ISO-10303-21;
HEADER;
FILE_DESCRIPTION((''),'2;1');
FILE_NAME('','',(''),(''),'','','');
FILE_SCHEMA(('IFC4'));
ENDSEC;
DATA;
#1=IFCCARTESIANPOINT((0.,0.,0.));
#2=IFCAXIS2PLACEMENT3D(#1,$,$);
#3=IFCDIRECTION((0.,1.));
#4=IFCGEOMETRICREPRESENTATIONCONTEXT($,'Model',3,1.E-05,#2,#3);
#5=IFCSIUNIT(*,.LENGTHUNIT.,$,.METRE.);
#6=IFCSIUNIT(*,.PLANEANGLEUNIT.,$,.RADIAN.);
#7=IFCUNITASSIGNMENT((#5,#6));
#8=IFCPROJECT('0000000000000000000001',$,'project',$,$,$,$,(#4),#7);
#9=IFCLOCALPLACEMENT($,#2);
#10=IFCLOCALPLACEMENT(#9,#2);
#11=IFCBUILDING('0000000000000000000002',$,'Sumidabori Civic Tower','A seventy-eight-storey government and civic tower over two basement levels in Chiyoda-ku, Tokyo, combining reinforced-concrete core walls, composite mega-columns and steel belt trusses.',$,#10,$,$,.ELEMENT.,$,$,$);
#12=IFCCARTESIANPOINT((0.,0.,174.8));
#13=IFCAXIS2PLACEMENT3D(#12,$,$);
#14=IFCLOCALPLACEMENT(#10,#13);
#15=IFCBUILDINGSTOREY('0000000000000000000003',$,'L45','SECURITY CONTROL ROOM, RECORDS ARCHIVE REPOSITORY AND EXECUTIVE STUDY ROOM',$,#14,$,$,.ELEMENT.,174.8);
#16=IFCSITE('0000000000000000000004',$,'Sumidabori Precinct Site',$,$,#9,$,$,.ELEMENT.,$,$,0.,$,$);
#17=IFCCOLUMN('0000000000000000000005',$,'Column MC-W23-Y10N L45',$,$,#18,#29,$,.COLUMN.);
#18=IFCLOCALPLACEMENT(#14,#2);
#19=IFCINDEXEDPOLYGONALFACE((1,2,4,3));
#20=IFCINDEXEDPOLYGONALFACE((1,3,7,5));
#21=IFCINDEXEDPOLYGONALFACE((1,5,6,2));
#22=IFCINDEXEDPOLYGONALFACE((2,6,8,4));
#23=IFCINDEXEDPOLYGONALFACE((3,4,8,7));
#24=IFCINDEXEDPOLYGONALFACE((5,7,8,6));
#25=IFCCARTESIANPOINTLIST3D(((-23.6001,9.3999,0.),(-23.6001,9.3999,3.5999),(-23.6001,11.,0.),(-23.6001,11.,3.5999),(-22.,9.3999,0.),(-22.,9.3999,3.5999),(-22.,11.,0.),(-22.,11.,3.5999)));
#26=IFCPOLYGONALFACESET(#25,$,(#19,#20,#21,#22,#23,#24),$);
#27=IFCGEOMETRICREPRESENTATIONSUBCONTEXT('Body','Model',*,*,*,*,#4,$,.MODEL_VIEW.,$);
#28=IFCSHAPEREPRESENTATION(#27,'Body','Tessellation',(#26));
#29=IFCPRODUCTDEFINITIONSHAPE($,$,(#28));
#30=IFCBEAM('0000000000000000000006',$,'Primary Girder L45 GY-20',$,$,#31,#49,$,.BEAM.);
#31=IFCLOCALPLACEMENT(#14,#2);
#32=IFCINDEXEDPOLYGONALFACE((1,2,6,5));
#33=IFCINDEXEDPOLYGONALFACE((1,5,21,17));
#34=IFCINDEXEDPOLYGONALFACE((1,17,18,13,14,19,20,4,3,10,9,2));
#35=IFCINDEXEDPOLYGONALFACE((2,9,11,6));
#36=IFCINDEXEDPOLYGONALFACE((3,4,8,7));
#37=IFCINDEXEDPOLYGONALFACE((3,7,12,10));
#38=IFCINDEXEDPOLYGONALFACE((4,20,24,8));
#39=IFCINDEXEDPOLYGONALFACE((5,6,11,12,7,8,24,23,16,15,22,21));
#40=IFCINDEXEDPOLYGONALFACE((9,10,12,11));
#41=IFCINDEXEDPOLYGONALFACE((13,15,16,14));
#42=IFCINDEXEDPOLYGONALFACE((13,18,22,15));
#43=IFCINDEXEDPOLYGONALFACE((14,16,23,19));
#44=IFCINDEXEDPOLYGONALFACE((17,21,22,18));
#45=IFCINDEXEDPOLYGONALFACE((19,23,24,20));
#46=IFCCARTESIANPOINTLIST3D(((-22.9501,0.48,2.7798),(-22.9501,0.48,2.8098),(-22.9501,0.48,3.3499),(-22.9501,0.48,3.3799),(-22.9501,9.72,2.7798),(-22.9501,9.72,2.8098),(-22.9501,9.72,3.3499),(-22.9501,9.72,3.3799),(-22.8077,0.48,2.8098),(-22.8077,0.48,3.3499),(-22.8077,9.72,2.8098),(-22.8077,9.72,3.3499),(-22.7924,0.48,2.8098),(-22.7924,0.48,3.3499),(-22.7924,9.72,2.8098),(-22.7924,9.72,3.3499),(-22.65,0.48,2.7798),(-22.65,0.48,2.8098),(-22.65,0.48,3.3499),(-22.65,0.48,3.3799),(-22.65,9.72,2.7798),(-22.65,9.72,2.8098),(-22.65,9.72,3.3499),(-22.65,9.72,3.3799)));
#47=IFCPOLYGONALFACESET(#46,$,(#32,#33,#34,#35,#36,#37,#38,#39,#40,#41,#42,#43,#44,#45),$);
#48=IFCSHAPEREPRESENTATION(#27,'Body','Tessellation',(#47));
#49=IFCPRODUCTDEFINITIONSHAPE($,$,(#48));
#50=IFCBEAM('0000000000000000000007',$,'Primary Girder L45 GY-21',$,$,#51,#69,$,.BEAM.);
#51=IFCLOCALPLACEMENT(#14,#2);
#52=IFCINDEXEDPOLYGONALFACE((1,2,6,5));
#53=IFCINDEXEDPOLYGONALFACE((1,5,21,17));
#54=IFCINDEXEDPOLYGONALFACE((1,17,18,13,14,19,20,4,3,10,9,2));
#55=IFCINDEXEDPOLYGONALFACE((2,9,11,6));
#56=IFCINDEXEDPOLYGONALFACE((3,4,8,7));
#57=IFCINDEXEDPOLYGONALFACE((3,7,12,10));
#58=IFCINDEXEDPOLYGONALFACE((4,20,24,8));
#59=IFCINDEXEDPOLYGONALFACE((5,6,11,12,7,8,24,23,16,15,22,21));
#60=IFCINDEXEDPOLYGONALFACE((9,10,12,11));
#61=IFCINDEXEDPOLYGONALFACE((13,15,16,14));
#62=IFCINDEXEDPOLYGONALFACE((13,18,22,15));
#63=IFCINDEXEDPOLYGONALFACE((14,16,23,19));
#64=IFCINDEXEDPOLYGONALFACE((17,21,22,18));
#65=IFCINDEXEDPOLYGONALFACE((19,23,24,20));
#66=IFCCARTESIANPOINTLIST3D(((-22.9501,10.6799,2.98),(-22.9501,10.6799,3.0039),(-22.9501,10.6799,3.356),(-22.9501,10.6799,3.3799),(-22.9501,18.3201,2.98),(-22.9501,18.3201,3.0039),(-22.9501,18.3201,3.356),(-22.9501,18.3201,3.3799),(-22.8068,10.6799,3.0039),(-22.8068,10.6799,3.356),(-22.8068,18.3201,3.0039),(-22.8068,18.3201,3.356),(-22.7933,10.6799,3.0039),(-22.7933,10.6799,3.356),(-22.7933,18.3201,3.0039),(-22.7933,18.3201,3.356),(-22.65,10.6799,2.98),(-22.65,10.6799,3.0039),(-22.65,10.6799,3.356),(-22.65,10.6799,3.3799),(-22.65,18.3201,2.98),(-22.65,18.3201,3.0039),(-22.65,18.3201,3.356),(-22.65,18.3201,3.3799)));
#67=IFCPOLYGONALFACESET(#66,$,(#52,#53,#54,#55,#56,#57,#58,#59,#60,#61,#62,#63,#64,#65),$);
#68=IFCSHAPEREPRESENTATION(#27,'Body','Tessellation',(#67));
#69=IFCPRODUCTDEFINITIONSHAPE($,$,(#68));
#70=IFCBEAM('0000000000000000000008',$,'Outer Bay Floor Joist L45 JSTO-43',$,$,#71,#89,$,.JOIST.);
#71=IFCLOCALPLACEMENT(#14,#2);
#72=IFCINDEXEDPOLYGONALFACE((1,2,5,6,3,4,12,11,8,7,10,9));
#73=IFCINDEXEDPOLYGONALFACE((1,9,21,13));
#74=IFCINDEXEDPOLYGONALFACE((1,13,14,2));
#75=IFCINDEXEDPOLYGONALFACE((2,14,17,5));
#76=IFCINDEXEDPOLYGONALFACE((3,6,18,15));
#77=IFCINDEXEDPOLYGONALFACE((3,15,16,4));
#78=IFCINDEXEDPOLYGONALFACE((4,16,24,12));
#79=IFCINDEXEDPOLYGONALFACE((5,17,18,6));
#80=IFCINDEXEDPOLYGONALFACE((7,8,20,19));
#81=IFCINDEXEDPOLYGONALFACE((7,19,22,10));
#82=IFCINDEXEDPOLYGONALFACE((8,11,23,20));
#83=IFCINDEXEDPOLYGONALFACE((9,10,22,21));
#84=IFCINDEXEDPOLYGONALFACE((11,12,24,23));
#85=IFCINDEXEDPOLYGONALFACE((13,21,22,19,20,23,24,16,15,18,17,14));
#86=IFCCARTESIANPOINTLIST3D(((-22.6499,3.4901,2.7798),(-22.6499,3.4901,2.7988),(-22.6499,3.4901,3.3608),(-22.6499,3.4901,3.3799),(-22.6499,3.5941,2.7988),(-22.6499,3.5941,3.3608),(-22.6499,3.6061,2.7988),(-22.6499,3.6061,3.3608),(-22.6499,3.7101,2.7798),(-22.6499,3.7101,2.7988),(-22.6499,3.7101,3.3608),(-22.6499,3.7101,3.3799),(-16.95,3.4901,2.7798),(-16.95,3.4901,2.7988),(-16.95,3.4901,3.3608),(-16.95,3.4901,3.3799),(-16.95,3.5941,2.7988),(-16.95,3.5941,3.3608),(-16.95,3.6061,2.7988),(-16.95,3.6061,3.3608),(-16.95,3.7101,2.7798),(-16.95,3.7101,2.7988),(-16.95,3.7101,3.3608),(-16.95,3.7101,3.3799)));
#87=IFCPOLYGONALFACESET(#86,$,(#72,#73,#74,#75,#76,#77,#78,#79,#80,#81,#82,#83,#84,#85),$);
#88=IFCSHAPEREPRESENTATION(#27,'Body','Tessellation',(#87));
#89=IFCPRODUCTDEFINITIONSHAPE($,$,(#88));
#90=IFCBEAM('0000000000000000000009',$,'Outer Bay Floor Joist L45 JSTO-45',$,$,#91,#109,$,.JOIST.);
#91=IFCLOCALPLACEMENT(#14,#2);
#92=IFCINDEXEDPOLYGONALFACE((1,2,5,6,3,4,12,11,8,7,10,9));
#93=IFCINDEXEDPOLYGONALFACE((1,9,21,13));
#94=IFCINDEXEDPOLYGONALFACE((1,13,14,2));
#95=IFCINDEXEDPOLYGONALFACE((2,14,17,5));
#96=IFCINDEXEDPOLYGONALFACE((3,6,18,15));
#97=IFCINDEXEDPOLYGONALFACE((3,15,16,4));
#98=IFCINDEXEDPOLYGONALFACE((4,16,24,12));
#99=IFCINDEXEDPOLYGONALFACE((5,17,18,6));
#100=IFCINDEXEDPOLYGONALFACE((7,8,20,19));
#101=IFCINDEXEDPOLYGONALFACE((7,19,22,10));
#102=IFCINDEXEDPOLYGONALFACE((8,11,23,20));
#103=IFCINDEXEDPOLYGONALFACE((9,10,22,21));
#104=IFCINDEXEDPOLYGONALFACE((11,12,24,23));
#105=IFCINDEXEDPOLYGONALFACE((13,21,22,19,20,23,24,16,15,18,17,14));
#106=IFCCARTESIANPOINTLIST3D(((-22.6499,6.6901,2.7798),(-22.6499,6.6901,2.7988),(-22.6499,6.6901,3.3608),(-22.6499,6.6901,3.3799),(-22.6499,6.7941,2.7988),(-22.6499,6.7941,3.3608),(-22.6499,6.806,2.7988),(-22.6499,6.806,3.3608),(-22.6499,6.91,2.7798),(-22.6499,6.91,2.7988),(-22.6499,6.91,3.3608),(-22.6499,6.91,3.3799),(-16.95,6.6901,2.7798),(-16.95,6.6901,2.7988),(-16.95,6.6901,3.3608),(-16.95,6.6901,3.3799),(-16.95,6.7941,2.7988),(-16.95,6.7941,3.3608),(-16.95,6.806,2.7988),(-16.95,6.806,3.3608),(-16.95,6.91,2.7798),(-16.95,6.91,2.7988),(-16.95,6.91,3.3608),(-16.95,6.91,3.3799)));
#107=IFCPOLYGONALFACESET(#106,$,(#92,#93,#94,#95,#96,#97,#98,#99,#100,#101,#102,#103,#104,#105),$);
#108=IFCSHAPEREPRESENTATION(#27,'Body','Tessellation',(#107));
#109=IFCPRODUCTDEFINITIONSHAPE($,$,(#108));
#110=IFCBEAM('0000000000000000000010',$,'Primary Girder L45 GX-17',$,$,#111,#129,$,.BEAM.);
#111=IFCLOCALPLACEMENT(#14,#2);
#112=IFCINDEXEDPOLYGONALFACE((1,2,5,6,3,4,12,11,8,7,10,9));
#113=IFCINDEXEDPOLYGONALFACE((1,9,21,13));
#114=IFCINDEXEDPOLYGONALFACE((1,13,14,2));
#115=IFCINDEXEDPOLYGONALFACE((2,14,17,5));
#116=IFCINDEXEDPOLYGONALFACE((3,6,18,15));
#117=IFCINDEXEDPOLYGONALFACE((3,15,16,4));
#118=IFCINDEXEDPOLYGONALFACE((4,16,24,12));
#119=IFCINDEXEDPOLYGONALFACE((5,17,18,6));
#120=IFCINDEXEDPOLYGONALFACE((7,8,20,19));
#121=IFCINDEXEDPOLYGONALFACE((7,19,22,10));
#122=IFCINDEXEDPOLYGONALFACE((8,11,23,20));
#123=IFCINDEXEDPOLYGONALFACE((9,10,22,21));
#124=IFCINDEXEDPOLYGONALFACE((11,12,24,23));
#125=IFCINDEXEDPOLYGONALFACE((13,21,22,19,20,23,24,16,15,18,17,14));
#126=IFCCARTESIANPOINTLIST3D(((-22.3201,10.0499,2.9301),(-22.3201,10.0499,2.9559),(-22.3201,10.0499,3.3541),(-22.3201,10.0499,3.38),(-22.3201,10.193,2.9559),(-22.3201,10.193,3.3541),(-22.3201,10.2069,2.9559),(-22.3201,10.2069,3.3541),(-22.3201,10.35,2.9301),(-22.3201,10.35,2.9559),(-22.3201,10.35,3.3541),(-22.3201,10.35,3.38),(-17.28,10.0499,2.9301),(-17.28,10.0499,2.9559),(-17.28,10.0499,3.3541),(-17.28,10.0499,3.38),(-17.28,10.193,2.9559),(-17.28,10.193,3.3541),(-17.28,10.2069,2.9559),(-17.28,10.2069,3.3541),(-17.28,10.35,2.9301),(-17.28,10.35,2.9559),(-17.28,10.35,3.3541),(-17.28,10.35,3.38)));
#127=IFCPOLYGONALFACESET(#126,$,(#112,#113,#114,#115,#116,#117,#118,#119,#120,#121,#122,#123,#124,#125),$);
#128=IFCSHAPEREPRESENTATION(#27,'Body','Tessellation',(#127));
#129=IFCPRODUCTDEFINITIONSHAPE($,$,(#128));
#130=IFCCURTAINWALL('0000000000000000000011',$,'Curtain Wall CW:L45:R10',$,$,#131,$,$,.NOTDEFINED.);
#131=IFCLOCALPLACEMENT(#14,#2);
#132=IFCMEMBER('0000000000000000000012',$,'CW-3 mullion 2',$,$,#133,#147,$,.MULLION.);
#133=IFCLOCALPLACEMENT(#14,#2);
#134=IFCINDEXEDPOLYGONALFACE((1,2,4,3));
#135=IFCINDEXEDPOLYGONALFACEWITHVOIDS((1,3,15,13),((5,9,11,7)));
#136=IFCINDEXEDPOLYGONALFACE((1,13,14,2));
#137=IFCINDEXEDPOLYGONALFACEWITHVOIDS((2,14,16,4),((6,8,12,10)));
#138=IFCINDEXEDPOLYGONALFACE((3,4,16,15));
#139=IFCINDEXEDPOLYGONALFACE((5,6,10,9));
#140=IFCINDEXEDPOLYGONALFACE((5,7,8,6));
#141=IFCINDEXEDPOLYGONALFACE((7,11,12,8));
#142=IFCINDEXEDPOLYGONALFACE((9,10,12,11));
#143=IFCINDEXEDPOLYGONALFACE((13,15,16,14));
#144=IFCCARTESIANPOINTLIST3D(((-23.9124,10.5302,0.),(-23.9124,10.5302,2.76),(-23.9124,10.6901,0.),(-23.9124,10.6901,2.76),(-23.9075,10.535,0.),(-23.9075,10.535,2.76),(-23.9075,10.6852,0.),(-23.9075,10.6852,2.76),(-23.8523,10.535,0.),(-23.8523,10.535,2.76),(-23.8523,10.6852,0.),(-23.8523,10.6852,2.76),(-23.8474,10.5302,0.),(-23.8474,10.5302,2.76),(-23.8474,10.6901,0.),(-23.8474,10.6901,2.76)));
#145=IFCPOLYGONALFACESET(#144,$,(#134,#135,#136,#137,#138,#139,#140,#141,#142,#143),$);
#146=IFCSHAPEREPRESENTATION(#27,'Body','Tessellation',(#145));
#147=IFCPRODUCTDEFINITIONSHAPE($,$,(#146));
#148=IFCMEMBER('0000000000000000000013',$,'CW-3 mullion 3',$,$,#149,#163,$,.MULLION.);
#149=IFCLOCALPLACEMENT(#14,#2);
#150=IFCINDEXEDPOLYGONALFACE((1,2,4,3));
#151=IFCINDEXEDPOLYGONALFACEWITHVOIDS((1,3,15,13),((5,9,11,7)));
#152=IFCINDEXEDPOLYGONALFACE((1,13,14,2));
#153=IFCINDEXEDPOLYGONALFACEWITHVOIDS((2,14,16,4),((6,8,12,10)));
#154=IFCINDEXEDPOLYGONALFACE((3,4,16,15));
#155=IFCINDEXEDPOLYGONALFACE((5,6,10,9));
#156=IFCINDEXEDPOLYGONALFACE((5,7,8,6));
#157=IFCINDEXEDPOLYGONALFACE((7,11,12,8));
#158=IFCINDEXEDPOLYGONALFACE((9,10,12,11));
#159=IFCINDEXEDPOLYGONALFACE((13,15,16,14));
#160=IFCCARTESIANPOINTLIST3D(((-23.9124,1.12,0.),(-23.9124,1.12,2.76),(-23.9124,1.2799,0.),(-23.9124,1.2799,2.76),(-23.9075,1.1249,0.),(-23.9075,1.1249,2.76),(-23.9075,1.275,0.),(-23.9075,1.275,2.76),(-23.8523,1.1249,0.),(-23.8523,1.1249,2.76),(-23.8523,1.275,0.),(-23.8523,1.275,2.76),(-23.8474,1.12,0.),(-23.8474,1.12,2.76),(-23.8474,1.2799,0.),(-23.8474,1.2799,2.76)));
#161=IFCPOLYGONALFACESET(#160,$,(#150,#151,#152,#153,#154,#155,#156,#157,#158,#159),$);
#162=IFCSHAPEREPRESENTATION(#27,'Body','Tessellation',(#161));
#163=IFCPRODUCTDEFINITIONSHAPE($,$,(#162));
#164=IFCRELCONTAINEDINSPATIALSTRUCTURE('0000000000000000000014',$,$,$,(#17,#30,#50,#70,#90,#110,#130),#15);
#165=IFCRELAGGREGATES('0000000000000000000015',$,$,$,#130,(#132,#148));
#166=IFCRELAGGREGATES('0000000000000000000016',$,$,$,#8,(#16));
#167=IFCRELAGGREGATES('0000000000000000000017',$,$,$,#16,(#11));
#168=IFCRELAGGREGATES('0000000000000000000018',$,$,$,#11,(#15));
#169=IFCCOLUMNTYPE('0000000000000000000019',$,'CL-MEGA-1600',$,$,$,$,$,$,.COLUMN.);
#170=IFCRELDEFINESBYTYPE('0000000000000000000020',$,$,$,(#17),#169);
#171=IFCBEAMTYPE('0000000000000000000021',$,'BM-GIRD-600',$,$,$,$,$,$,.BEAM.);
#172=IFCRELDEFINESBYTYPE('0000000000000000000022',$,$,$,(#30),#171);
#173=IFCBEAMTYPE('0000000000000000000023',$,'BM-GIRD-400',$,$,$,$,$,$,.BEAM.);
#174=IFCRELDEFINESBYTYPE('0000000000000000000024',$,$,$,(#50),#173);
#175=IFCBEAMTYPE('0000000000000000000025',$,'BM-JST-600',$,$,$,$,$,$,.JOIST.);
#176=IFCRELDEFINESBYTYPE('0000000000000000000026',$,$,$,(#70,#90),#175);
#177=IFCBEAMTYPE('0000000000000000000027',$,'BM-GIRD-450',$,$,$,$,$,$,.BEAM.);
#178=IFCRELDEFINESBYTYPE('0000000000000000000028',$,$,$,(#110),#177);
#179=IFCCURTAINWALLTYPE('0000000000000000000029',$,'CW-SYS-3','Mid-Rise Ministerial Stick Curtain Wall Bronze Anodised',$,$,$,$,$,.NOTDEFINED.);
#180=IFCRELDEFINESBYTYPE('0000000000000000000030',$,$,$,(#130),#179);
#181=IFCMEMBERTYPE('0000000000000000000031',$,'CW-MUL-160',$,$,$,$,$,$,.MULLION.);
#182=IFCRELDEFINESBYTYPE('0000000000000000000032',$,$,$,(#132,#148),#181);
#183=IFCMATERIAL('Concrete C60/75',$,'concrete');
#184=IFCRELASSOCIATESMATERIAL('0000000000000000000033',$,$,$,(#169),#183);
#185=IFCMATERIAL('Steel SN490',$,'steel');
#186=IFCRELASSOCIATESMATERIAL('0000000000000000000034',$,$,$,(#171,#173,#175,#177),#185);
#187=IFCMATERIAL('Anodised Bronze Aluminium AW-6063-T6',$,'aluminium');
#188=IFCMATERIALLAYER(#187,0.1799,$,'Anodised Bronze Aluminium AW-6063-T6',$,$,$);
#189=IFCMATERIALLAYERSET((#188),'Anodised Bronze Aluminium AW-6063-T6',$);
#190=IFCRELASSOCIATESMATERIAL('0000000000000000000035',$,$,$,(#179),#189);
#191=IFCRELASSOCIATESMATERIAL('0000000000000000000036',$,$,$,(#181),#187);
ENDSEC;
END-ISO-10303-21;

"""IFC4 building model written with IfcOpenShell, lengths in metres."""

from ifc_helpers import new_model, si_unit, direction, frame, origin, origin_2d, place, context, subcontext, project, spatial, rectangle, hollow_rectangle, i_section, extrude, source, transform, mapped, material, layer, layer_set, material_profile, profile_set, type_object, element, aggregate, save


model = new_model("IFC4")

# Units and contexts
model_context = context("Model", 3, precision=1e-05, world=origin(), true_north=direction((0.0, 1.0)))
body_context = subcontext(model_context, "Body", "Model", "MODEL_VIEW")
ifc_project = project(units=[si_unit("LENGTHUNIT", "METRE"), si_unit("PLANEANGLEUNIT", "RADIAN")], contexts=[model_context])

# Site, building, storey
site_placement = place(None, origin())
site = spatial("IfcSite", under=ifc_project, at=site_placement, Name="Sumidabori Precinct Site", CompositionType="ELEMENT", RefElevation=0.0)
building_placement = place(site_placement, origin())
building = spatial("IfcBuilding", under=site, at=building_placement, Name="Sumidabori Civic Tower", Description="A seventy-eight-storey government and civic tower over two basement levels in Chiyoda-ku, Tokyo, combining reinforced-concrete core walls, composite mega-columns and steel belt trusses.", CompositionType="ELEMENT")
storey_placement = place(building_placement, frame((0.0, 0.0, 174.8)))
storey = spatial("IfcBuildingStorey", under=building, at=storey_placement, Name="L45", Description="SECURITY CONTROL ROOM, RECORDS ARCHIVE REPOSITORY AND EXECUTIVE STUDY ROOM", CompositionType="ELEMENT", Elevation=174.8)

# Column
ifc_material_1 = material(Name="Concrete C60/75", Category="concrete")
ifc_material_profile_1 = material_profile(ifc_material_1, rectangle(XDim=1.6001, YDim=1.6001, at=origin_2d()), Name="RC 1600x1600")
ifc_profile_set_1 = profile_set([ifc_material_profile_1], Name="Concrete C60/75")
column_type = type_object("IfcColumnType", Name="CL-MEGA-1600", PredefinedType="COLUMN", material=ifc_profile_set_1)
shared_shape_1 = source(origin(), body_context, "Body", "SweptSolid", [
    extrude(rectangle(XDim=1.6001, YDim=1.6001, at=origin_2d()), origin(), (0.0, 0.0, 1.0), 3.5999),
])
column_placement = place(storey_placement, frame((-22.8, 10.2, 0.0), z_axis=(0.0, 0.0, 1.0), x_axis=(1.0, 0.0, 0.0)))
element("IfcColumn", 1, at=column_placement, inside=storey, type_object=column_type, Name="Column MC-W23-Y10N L45", PredefinedType="COLUMN", context=body_context, shape_type="MappedRepresentation", body=[
    mapped(shared_shape_1, transform((0.0, 0.0, 0.0), x_axis=(1.0, 0.0, 0.0), y_axis=(0.0, 1.0, 0.0), z_axis=(0.0, 0.0, 1.0), scale=1.0)),
])

# Beams
ifc_material_2 = material(Name="Steel SN490", Category="steel")
ifc_material_profile_2 = material_profile(ifc_material_2, i_section(OverallWidth=0.3, OverallDepth=0.6001, WebThickness=0.0154, FlangeThickness=0.03, at=origin_2d()), Name="HE 600 B")
ifc_profile_set_2 = profile_set([ifc_material_profile_2], Name="Steel SN490")
beam_type_1 = type_object("IfcBeamType", Name="BM-GIRD-600", PredefinedType="BEAM", material=ifc_profile_set_2)
shared_shape_2 = source(origin(), body_context, "Body", "SweptSolid", [
    extrude(i_section(OverallWidth=0.3, OverallDepth=0.6001, WebThickness=0.0154, FlangeThickness=0.03, at=origin_2d()), origin(), (0.0, 0.0, 1.0), 9.24),
])
beam_1_placement = place(storey_placement, frame((-22.8, 0.48, 3.0798), z_axis=(0.0, 1.0, 0.0), x_axis=(-1.0, 0.0, 0.0)))
element("IfcBeam", 2, at=beam_1_placement, inside=storey, type_object=beam_type_1, Name="Primary Girder L45 GY-20", PredefinedType="BEAM", context=body_context, shape_type="MappedRepresentation", body=[
    mapped(shared_shape_2, transform((0.0, 0.0, 0.0), x_axis=(1.0, 0.0, 0.0), y_axis=(0.0, 1.0, 0.0), z_axis=(0.0, 0.0, 1.0), scale=1.0)),
])
ifc_material_profile_3 = material_profile(ifc_material_2, i_section(OverallWidth=0.3, OverallDepth=0.3999, WebThickness=0.0134, FlangeThickness=0.0239, at=origin_2d()), Name="HE 400 B")
ifc_profile_set_3 = profile_set([ifc_material_profile_3], Name="Steel SN490")
beam_type_2 = type_object("IfcBeamType", Name="BM-GIRD-400", PredefinedType="BEAM", material=ifc_profile_set_3)
shared_shape_3 = source(origin(), body_context, "Body", "SweptSolid", [
    extrude(i_section(OverallWidth=0.3, OverallDepth=0.3999, WebThickness=0.0134, FlangeThickness=0.0239, at=origin_2d()), origin(), (0.0, 0.0, 1.0), 7.6401),
])
beam_2_placement = place(storey_placement, frame((-22.8, 10.6799, 3.1799), z_axis=(0.0, 1.0, 0.0), x_axis=(-1.0, 0.0, 0.0)))
element("IfcBeam", 3, at=beam_2_placement, inside=storey, type_object=beam_type_2, Name="Primary Girder L45 GY-21", PredefinedType="BEAM", context=body_context, shape_type="MappedRepresentation", body=[
    mapped(shared_shape_3, transform((0.0, 0.0, 0.0), x_axis=(1.0, 0.0, 0.0), y_axis=(0.0, 1.0, 0.0), z_axis=(0.0, 0.0, 1.0), scale=1.0)),
])
ifc_material_profile_4 = material_profile(ifc_material_2, i_section(OverallWidth=0.22, OverallDepth=0.6001, WebThickness=0.012, FlangeThickness=0.019, at=origin_2d()), Name="IPE 600")
ifc_profile_set_4 = profile_set([ifc_material_profile_4], Name="Steel SN490")
beam_type_3 = type_object("IfcBeamType", Name="BM-JST-600", PredefinedType="JOIST", material=ifc_profile_set_4)
shared_shape_4 = source(origin(), body_context, "Body", "SweptSolid", [
    extrude(i_section(OverallWidth=0.22, OverallDepth=0.6001, WebThickness=0.012, FlangeThickness=0.019, at=origin_2d()), origin(), (0.0, 0.0, 1.0), 5.7),
])
for number, where, z_axis, x_axis, name in (
    (4, (-22.6499, 3.6001, 3.0798), (1.0, 0.0, 0.0), (0.0, 1.0, 0.0), "Outer Bay Floor Joist L45 JSTO-43"),
    (5, (-22.6499, 6.8, 3.0798), (1.0, 0.0, 0.0), (0.0, 1.0, 0.0), "Outer Bay Floor Joist L45 JSTO-45"),
):
    element("IfcBeam", number, at=place(storey_placement, frame(where, z_axis=z_axis, x_axis=x_axis)), inside=storey, type_object=beam_type_3, Name=name, PredefinedType="JOIST", context=body_context, shape_type="MappedRepresentation", body=[
        mapped(shared_shape_4, transform((0.0, 0.0, 0.0), x_axis=(1.0, 0.0, 0.0), y_axis=(0.0, 1.0, 0.0), z_axis=(0.0, 0.0, 1.0), scale=1.0)),
    ])
ifc_material_profile_5 = material_profile(ifc_material_2, i_section(OverallWidth=0.3, OverallDepth=0.45, WebThickness=0.0139, FlangeThickness=0.0259, at=origin_2d()), Name="HE 450 B")
ifc_profile_set_5 = profile_set([ifc_material_profile_5], Name="Steel SN490")
beam_type_4 = type_object("IfcBeamType", Name="BM-GIRD-450", PredefinedType="BEAM", material=ifc_profile_set_5)
shared_shape_5 = source(origin(), body_context, "Body", "SweptSolid", [
    extrude(i_section(OverallWidth=0.3, OverallDepth=0.45, WebThickness=0.0139, FlangeThickness=0.0259, at=origin_2d()), origin(), (0.0, 0.0, 1.0), 5.04),
])
beam_3_placement = place(storey_placement, frame((-22.3201, 10.2, 3.155), z_axis=(1.0, 0.0, 0.0), x_axis=(0.0, 1.0, 0.0)))
element("IfcBeam", 6, at=beam_3_placement, inside=storey, type_object=beam_type_4, Name="Primary Girder L45 GX-17", PredefinedType="BEAM", context=body_context, shape_type="MappedRepresentation", body=[
    mapped(shared_shape_5, transform((0.0, 0.0, 0.0), x_axis=(1.0, 0.0, 0.0), y_axis=(0.0, 1.0, 0.0), z_axis=(0.0, 0.0, 1.0), scale=1.0)),
])

# Curtain wall, members
ifc_material_3 = material(Name="Anodised Bronze Aluminium AW-6063-T6", Category="aluminium")
ifc_layer_1 = layer(ifc_material_3, 0.1799, Name="Anodised Bronze Aluminium AW-6063-T6")
ifc_layer_set_1 = layer_set([ifc_layer_1], Name="Anodised Bronze Aluminium AW-6063-T6")
curtain_wall_type = type_object("IfcCurtainWallType", Name="CW-SYS-3", Description="Mid-Rise Ministerial Stick Curtain Wall Bronze Anodised", PredefinedType="NOTDEFINED", material=ifc_layer_set_1)
curtain_wall_placement = place(storey_placement, origin())
curtain_wall = element("IfcCurtainWall", 7, at=curtain_wall_placement, inside=storey, type_object=curtain_wall_type, Name="Curtain Wall CW:L45:R10", PredefinedType="NOTDEFINED")
ifc_material_profile_6 = material_profile(ifc_material_3, hollow_rectangle(XDim=0.0649, YDim=0.1599, WallThickness=0.0049, at=origin_2d()), Name="ALU MULLION 160x65")
ifc_profile_set_6 = profile_set([ifc_material_profile_6], Name="Anodised Bronze Aluminium AW-6063-T6")
member_type_1 = type_object("IfcMemberType", Name="CW-MUL-160", PredefinedType="MULLION", material=ifc_profile_set_6)
shared_shape_6 = source(origin(), body_context, "Body", "SweptSolid", [
    extrude(hollow_rectangle(XDim=0.0649, YDim=0.1599, WallThickness=0.0049, at=origin_2d()), origin(), (0.0, 0.0, 1.0), 2.76),
])
member_1_placement = place(storey_placement, frame((-23.8799, 10.6101, 0.0), z_axis=(0.0, 0.0, 1.0), x_axis=(1.0, 0.0, 0.0)))
member_1 = element("IfcMember", 8, at=member_1_placement, type_object=member_type_1, Name="CW-3 mullion 2", PredefinedType="MULLION", context=body_context, shape_type="MappedRepresentation", body=[
    mapped(shared_shape_6, transform((0.0, 0.0, 0.0), x_axis=(1.0, 0.0, 0.0), y_axis=(0.0, 1.0, 0.0), z_axis=(0.0, 0.0, 1.0), scale=1.0)),
])
member_2_placement = place(storey_placement, frame((-23.8799, 1.2, 0.0), z_axis=(0.0, 0.0, 1.0), x_axis=(1.0, 0.0, 0.0)))
member_2 = element("IfcMember", 9, at=member_2_placement, type_object=member_type_1, Name="CW-3 mullion 3", PredefinedType="MULLION", context=body_context, shape_type="MappedRepresentation", body=[
    mapped(shared_shape_6, transform((0.0, 0.0, 0.0), x_axis=(1.0, 0.0, 0.0), y_axis=(0.0, 1.0, 0.0), z_axis=(0.0, 0.0, 1.0), scale=1.0)),
])
aggregate(curtain_wall, [member_1, member_2])

save(model, "model.ifc")
